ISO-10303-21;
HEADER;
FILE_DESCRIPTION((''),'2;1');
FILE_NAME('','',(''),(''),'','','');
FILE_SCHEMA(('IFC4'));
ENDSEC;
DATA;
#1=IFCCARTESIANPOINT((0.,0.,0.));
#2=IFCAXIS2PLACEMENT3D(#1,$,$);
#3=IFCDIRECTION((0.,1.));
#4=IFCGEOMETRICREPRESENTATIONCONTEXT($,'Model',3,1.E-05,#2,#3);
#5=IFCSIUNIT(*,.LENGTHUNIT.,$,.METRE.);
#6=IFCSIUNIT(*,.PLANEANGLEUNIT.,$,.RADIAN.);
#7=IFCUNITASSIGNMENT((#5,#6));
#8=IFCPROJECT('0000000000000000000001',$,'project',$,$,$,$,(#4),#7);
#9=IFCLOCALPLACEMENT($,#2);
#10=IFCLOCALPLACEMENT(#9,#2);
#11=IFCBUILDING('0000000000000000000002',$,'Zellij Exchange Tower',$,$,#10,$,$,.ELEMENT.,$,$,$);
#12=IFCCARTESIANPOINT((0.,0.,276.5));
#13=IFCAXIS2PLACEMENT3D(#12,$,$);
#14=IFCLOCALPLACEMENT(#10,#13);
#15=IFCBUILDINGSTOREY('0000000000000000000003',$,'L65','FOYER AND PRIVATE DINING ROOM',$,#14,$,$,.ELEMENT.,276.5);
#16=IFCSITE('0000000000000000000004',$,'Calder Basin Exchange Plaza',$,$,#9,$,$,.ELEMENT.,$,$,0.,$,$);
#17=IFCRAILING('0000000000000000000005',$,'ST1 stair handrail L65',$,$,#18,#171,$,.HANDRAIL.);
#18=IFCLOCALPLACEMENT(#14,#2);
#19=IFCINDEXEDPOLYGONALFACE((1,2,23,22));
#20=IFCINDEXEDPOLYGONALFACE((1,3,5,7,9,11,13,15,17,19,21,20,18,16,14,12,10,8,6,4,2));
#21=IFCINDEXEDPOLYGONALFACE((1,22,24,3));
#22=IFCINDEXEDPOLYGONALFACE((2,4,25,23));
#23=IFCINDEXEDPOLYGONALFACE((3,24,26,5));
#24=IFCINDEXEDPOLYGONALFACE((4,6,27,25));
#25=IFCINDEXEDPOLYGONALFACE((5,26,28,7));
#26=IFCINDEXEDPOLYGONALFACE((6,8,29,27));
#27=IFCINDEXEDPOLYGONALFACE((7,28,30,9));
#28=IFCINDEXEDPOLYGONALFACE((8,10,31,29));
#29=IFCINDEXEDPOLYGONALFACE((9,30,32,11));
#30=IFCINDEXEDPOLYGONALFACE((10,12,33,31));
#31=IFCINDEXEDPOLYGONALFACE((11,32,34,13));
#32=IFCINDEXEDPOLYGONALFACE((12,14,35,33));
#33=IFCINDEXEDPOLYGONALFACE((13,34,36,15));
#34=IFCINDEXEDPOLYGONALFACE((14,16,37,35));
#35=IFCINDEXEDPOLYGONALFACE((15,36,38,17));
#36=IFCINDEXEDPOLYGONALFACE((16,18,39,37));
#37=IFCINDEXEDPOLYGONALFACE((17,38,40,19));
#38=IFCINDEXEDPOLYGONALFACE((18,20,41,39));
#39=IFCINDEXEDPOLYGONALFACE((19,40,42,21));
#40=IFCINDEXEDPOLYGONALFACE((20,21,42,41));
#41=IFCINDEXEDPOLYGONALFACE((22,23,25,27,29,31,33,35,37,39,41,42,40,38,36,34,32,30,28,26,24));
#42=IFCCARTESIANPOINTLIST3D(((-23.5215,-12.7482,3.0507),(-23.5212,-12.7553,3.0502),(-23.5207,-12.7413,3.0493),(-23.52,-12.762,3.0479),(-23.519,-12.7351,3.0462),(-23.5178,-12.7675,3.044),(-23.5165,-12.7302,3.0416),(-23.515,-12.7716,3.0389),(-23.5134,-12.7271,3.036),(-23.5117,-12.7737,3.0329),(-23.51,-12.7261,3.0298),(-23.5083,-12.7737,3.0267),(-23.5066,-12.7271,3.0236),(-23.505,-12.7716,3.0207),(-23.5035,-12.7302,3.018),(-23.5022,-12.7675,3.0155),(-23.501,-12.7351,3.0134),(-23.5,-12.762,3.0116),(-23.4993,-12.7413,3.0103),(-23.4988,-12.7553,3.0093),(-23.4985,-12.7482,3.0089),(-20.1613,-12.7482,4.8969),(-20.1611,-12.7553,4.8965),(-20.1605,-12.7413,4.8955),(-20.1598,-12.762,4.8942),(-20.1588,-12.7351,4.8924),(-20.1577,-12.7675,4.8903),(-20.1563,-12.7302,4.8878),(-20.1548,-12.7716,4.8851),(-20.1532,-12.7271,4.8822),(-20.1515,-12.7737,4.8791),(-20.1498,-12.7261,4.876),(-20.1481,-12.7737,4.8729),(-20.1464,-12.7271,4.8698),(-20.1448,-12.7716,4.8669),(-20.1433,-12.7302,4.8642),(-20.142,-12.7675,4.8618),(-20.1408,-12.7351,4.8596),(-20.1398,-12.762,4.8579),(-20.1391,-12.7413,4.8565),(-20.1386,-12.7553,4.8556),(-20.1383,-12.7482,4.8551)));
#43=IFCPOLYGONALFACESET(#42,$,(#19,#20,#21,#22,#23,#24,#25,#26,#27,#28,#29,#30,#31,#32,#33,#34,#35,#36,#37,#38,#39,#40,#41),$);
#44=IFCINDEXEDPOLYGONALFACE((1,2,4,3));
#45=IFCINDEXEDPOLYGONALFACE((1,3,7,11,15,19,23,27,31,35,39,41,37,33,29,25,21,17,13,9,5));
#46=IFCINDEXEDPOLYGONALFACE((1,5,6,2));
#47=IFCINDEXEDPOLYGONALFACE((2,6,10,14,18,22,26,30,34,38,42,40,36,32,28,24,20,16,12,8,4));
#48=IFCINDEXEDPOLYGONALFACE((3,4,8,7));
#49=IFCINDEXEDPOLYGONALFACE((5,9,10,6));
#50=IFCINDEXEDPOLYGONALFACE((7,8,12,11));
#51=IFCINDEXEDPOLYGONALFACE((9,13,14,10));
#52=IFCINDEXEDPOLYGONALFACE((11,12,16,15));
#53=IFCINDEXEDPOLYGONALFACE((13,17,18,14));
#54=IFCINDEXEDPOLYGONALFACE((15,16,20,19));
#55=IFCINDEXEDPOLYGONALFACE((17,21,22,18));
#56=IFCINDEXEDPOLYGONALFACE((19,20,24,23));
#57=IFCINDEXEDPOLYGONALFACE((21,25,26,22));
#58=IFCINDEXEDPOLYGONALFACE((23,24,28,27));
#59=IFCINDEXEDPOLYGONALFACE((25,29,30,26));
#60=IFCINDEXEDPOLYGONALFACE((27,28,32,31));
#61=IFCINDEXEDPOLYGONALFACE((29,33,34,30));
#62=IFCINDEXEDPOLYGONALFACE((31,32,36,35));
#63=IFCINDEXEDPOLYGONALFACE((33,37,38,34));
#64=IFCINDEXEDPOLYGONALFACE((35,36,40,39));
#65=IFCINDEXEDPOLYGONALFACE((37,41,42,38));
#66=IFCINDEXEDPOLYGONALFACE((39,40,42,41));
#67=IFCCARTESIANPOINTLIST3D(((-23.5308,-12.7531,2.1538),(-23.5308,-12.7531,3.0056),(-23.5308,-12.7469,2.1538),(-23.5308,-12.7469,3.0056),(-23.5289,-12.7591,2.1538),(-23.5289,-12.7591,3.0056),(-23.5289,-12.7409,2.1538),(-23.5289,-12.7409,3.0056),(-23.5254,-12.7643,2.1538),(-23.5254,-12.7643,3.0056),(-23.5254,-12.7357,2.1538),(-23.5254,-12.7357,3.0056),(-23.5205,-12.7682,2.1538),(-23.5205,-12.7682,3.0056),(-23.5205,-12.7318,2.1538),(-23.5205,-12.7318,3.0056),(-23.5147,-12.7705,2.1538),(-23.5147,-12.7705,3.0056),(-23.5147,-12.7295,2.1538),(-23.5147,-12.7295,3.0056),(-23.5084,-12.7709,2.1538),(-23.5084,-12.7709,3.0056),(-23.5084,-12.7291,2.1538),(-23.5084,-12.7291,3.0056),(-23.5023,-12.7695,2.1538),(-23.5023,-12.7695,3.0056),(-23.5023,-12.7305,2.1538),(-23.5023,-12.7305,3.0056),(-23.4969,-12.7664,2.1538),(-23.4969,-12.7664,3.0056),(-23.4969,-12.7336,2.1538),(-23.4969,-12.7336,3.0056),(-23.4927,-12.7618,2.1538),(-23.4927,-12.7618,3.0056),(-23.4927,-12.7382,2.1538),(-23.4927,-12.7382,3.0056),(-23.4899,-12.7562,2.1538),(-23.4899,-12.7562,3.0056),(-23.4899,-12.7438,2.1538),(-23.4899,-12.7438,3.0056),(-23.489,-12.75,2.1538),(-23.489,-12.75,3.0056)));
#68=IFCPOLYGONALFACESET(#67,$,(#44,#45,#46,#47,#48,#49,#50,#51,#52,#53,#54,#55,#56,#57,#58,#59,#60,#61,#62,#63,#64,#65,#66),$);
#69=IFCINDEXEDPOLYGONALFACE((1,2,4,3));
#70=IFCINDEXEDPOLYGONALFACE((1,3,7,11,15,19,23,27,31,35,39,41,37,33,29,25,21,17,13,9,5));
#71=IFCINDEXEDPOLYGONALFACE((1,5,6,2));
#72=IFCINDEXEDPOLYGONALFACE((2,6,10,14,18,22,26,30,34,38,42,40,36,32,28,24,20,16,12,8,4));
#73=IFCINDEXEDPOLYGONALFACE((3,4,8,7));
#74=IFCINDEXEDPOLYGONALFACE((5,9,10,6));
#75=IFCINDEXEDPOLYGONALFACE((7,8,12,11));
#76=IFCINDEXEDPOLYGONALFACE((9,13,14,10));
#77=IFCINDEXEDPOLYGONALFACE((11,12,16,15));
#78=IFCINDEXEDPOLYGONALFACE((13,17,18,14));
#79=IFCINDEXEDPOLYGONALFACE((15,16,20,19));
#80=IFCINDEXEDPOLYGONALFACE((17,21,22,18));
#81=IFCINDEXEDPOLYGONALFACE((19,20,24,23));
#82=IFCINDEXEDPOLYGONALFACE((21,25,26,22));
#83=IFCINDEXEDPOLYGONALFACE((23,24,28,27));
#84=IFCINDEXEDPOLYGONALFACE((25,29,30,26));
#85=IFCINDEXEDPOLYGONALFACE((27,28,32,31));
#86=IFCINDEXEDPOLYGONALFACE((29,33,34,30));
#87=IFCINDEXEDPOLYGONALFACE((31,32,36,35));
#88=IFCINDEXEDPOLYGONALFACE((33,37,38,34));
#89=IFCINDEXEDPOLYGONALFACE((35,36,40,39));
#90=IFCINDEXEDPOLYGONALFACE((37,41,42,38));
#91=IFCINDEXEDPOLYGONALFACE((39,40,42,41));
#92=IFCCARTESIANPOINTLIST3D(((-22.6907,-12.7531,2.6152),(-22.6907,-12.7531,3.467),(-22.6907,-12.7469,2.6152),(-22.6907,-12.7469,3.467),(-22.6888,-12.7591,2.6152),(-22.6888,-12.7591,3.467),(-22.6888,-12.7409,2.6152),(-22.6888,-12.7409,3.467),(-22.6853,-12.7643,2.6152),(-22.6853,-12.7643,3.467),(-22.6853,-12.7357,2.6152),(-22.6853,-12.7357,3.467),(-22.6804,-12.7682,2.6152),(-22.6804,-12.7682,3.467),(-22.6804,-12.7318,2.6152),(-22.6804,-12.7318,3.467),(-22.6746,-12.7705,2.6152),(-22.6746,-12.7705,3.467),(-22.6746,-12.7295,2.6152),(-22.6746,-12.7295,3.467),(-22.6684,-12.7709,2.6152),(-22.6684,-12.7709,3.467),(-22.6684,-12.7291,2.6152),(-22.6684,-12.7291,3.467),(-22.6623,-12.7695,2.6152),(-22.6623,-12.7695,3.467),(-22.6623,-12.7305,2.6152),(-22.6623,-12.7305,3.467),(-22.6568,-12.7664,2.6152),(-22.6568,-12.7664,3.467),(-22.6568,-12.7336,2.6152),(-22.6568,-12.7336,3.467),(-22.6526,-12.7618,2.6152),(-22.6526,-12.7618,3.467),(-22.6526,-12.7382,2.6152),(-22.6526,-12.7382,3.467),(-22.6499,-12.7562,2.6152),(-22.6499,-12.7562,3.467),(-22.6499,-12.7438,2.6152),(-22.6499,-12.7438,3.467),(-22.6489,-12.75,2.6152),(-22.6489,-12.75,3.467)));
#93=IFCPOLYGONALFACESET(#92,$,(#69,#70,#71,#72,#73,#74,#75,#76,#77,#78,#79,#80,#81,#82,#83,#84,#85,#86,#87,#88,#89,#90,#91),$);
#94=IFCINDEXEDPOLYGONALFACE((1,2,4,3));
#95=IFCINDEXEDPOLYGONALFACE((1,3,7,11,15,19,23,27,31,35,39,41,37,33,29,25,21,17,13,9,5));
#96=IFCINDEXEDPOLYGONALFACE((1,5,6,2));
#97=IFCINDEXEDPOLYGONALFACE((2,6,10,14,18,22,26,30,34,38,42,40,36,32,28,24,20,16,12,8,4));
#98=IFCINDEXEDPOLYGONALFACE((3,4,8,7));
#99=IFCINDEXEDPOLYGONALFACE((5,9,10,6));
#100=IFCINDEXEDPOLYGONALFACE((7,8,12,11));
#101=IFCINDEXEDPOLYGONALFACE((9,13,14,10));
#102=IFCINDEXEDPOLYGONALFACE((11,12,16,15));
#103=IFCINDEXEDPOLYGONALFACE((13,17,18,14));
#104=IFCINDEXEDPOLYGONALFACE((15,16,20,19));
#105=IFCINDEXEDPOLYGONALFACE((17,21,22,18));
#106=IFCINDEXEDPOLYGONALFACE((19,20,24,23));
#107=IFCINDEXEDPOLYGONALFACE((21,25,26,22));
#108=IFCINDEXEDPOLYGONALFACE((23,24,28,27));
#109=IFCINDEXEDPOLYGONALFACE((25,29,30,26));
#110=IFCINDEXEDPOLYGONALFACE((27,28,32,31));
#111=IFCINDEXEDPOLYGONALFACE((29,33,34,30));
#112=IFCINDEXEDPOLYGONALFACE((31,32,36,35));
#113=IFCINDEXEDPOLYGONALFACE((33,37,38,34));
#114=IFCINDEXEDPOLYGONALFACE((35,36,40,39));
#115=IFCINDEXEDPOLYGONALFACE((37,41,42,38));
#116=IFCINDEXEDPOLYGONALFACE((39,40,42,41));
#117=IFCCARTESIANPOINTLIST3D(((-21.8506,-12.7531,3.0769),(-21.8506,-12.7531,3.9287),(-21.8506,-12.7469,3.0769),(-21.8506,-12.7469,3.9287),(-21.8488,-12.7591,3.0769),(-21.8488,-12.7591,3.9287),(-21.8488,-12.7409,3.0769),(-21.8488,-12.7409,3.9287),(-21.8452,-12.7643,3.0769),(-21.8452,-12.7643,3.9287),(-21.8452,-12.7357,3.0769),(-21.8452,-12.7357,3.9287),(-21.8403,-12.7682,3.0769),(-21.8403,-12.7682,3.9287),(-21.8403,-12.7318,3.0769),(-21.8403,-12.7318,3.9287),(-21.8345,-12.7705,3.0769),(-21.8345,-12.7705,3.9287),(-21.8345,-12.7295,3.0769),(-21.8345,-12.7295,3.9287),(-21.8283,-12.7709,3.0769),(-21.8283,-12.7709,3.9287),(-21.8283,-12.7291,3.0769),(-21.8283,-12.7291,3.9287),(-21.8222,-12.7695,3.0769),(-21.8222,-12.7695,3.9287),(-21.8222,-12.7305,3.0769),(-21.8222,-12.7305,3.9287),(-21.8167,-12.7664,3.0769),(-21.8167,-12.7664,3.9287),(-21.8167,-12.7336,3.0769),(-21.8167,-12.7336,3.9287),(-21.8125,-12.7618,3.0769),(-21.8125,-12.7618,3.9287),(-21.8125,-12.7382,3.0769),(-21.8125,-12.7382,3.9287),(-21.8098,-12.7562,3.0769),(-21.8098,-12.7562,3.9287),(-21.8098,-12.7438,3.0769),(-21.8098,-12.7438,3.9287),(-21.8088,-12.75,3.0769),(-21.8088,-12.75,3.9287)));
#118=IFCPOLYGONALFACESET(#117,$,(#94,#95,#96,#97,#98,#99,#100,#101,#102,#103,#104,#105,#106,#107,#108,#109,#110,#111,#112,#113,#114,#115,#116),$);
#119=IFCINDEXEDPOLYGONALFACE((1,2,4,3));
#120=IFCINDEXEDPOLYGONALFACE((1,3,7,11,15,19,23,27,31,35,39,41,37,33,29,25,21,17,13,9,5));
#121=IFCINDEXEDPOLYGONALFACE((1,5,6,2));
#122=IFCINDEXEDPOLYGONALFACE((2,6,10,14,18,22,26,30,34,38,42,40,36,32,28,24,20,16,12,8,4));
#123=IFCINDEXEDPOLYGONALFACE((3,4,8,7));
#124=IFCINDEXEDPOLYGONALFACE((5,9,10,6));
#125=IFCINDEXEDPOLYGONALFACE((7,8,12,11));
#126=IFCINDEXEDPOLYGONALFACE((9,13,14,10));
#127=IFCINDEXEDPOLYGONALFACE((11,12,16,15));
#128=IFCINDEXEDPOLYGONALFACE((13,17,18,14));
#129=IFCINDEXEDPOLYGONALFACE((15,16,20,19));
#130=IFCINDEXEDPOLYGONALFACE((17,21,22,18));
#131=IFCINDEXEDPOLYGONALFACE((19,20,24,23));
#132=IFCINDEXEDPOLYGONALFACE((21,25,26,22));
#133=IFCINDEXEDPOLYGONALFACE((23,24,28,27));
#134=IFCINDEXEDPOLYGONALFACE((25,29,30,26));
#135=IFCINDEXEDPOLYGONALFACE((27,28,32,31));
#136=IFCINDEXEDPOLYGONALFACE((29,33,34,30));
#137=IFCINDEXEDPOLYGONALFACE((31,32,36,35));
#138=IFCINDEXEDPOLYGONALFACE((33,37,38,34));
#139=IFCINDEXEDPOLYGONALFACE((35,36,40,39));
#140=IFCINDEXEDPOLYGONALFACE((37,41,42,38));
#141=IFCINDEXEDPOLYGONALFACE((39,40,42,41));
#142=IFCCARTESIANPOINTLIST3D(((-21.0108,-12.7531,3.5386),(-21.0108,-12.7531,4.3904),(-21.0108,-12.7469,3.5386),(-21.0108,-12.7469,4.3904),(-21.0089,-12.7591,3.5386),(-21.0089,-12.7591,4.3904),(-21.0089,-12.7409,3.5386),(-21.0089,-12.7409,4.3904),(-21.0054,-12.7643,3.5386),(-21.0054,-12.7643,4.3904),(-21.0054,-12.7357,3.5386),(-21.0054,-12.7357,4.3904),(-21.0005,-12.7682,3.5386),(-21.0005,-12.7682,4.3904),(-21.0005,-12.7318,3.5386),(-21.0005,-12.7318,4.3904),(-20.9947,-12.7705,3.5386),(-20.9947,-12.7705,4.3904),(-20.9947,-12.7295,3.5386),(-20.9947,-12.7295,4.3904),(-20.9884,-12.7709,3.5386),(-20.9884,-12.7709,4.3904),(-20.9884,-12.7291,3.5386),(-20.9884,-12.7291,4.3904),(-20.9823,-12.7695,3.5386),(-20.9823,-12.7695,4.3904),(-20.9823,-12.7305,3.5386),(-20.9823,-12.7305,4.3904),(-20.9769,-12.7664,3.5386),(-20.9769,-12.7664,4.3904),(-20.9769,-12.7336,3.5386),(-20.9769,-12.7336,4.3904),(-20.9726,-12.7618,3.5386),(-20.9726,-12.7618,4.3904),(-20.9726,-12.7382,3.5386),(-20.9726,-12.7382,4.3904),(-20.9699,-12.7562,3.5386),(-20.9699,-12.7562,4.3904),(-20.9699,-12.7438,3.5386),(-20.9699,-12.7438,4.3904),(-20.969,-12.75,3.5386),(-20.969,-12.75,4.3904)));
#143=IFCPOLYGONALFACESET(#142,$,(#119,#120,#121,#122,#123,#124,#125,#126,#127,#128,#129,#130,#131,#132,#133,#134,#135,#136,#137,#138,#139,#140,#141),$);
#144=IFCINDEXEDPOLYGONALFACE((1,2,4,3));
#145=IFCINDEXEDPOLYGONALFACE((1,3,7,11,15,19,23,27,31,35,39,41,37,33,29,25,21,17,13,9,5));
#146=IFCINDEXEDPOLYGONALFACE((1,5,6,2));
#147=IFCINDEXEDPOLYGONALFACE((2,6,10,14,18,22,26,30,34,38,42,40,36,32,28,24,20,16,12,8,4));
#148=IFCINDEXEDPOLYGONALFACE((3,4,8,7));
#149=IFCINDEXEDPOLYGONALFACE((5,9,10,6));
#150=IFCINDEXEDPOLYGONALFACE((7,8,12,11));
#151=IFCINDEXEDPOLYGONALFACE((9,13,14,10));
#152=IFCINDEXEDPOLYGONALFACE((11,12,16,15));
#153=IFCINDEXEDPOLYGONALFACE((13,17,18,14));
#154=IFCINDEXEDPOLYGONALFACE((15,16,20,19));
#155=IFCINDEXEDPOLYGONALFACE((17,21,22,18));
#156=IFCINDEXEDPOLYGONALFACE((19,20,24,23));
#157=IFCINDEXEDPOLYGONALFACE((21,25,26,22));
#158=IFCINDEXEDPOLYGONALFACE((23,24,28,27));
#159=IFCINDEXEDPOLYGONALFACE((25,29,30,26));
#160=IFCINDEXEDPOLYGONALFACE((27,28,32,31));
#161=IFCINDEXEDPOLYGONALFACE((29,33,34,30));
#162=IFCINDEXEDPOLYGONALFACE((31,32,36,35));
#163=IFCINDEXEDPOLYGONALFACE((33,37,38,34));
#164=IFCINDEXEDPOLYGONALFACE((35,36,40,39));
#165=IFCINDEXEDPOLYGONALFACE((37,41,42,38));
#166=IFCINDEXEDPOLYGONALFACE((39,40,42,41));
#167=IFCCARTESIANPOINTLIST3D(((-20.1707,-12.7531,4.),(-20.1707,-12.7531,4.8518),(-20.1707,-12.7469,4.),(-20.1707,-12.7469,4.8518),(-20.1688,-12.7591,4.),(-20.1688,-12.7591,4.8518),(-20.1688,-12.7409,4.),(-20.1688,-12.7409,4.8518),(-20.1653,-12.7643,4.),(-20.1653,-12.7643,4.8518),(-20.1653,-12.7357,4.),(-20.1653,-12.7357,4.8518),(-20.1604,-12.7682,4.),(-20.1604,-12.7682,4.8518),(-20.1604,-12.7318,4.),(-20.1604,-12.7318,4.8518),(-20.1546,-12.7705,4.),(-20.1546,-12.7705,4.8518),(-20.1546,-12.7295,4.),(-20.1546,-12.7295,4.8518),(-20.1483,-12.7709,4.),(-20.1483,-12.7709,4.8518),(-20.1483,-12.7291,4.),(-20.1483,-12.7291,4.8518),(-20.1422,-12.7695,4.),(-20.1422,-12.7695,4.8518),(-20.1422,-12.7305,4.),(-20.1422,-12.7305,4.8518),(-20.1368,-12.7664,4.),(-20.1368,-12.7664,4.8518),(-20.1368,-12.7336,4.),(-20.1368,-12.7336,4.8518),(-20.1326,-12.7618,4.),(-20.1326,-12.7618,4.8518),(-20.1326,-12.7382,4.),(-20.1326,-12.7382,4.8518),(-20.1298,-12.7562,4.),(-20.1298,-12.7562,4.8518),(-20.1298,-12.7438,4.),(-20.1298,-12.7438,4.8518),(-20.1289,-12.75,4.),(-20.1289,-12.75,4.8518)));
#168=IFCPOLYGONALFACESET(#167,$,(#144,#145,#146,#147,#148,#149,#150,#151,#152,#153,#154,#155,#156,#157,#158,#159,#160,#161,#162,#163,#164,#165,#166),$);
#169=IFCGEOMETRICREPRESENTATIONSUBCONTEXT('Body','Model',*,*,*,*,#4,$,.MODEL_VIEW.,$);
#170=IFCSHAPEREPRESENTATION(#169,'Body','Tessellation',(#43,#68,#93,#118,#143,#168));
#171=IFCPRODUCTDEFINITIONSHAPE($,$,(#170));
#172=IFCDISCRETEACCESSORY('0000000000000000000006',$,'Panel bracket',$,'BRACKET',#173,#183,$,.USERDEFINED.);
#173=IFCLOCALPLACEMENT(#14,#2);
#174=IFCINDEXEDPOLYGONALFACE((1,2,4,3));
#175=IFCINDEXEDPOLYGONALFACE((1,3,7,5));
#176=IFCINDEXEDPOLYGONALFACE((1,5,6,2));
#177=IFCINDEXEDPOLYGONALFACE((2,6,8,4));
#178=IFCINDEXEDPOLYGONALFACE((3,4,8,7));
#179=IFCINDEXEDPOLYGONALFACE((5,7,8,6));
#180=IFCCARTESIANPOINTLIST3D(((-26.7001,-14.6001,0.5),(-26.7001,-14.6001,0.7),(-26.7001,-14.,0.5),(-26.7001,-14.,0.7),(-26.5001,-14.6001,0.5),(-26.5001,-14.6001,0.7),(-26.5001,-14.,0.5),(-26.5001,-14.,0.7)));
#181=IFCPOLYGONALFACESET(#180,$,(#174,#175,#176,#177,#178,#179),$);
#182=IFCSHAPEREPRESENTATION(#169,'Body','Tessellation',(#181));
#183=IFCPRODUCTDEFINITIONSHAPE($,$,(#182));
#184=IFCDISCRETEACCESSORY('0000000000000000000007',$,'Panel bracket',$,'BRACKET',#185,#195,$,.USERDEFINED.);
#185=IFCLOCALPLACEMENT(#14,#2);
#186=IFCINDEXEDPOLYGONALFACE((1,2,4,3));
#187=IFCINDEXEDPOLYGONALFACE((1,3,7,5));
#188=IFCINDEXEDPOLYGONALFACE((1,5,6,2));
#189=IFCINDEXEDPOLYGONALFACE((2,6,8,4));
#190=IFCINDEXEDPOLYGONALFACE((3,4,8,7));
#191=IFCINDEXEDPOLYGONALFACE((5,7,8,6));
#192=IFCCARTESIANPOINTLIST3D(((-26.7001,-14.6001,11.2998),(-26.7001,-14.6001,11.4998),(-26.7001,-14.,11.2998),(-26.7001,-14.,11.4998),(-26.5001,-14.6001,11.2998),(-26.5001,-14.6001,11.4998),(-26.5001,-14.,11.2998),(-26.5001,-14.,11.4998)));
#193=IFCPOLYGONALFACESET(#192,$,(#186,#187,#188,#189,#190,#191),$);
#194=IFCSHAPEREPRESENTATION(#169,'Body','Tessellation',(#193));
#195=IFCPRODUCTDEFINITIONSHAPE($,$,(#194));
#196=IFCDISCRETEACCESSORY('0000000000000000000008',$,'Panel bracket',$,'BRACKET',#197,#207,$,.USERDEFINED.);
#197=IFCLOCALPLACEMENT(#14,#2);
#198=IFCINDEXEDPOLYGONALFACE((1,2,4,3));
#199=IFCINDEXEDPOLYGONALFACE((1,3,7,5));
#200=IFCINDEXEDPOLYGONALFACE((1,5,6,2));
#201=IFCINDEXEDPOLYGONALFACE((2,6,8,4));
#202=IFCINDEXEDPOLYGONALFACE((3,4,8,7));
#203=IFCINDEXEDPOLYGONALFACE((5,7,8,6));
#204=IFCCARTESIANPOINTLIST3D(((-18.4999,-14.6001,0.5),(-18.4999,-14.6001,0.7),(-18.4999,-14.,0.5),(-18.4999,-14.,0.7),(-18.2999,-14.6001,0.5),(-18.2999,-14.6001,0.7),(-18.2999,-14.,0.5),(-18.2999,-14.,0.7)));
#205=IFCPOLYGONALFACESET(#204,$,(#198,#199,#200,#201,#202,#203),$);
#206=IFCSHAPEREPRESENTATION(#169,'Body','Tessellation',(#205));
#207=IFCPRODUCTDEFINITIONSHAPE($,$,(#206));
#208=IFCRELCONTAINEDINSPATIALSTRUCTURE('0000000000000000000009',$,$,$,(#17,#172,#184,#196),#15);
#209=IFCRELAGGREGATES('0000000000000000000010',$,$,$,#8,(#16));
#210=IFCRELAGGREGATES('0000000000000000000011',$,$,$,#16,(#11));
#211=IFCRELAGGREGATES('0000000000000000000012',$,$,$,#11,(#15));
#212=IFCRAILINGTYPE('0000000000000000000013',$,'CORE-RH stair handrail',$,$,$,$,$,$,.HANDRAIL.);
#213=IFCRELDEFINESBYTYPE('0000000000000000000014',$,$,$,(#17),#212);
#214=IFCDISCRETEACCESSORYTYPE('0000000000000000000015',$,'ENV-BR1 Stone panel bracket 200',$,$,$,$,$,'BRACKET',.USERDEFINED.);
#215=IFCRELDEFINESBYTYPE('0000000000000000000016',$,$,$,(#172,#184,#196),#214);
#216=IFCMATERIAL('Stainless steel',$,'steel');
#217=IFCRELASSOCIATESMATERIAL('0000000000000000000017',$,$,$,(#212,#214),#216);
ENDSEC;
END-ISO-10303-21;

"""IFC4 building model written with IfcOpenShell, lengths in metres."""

from ifc_helpers import new_model, si_unit, direction, frame, origin, origin_2d, place, context, subcontext, project, spatial, rectangle, circle, extrude, material, type_object, element, save


model = new_model("IFC4")

# Units and contexts
model_context = context("Model", 3, precision=1e-05, world=origin(), true_north=direction((0.0, 1.0)))
body_context = subcontext(model_context, "Body", "Model", "MODEL_VIEW")
ifc_project = project(units=[si_unit("LENGTHUNIT", "METRE"), si_unit("PLANEANGLEUNIT", "RADIAN")], contexts=[model_context])

# Site, building, storey
site_placement = place(None, origin())
site = spatial("IfcSite", under=ifc_project, at=site_placement, Name="Calder Basin Exchange Plaza", CompositionType="ELEMENT", RefElevation=0.0)
building_placement = place(site_placement, origin())
building = spatial("IfcBuilding", under=site, at=building_placement, Name="Zellij Exchange Tower", CompositionType="ELEMENT")
storey_placement = place(building_placement, frame((0.0, 0.0, 276.5)))
storey = spatial("IfcBuildingStorey", under=building, at=storey_placement, Name="L65", Description="FOYER AND PRIVATE DINING ROOM", CompositionType="ELEMENT", Elevation=276.5)

# Railing
ifc_material_1 = material(Name="Stainless steel", Category="steel")
railing_type_1 = type_object("IfcRailingType", Name="CORE-RH stair handrail", PredefinedType="HANDRAIL", material=ifc_material_1)
railing_1_placement = place(storey_placement, frame((-23.51, -12.75, 2.1538)))
element("IfcRailing", 1, at=railing_1_placement, inside=storey, type_object=railing_type_1, Name="ST1 stair handrail L65", PredefinedType="HANDRAIL", context=body_context, shape_type="SweptSolid", body=[
    extrude(circle(Radius=0.0239, at=origin_2d()), frame((0.0, 0.0, 0.876), z_axis=(0.876422, 0.0, 0.481545), x_axis=(0.0, 1.0, 0.0)), (0.0, 0.0, 1.0), 3.834),
    extrude(circle(Radius=0.021, at=origin_2d()), origin(), (0.0, 0.0, 1.0), 0.8518),
    extrude(circle(Radius=0.021, at=origin_2d()), frame((0.8401, 0.0, 0.4614)), (0.0, 0.0, 1.0), 0.8518),
    extrude(circle(Radius=0.021, at=origin_2d()), frame((1.6802, 0.0, 0.9231)), (0.0, 0.0, 1.0), 0.8518),
    extrude(circle(Radius=0.021, at=origin_2d()), frame((2.52, 0.0, 1.3848)), (0.0, 0.0, 1.0), 0.8518),
    extrude(circle(Radius=0.021, at=origin_2d()), frame((3.3601, 0.0, 1.8462)), (0.0, 0.0, 1.0), 0.8518),
])

# Discrete accessories
discrete_accessory_type = type_object("IfcDiscreteAccessoryType", Name="ENV-BR1 Stone panel bracket 200", ElementType="BRACKET", PredefinedType="USERDEFINED", material=ifc_material_1)
for number, where, z_axis, x_axis, name in (
    (2, (-26.6001, -14.3, 0.5), (0.0, 0.0, 1.0), (1.0, 0.0, 0.0), "Panel bracket"),
    (3, (-26.6001, -14.3, 11.2998), (0.0, 0.0, 1.0), (1.0, 0.0, 0.0), "Panel bracket"),
    (4, (-18.3999, -14.3, 0.5), (0.0, 0.0, 1.0), (1.0, 0.0, 0.0), "Panel bracket"),
):
    element("IfcDiscreteAccessory", number, at=place(storey_placement, frame(where, z_axis=z_axis, x_axis=x_axis)), inside=storey, type_object=discrete_accessory_type, Name=name, ObjectType="BRACKET", PredefinedType="USERDEFINED", context=body_context, shape_type="SweptSolid", body=[
        extrude(rectangle(XDim=0.2, YDim=0.6001, at=origin_2d()), origin(), (0.0, 0.0, 1.0), 0.2),
    ])

save(model, "model.ifc")
